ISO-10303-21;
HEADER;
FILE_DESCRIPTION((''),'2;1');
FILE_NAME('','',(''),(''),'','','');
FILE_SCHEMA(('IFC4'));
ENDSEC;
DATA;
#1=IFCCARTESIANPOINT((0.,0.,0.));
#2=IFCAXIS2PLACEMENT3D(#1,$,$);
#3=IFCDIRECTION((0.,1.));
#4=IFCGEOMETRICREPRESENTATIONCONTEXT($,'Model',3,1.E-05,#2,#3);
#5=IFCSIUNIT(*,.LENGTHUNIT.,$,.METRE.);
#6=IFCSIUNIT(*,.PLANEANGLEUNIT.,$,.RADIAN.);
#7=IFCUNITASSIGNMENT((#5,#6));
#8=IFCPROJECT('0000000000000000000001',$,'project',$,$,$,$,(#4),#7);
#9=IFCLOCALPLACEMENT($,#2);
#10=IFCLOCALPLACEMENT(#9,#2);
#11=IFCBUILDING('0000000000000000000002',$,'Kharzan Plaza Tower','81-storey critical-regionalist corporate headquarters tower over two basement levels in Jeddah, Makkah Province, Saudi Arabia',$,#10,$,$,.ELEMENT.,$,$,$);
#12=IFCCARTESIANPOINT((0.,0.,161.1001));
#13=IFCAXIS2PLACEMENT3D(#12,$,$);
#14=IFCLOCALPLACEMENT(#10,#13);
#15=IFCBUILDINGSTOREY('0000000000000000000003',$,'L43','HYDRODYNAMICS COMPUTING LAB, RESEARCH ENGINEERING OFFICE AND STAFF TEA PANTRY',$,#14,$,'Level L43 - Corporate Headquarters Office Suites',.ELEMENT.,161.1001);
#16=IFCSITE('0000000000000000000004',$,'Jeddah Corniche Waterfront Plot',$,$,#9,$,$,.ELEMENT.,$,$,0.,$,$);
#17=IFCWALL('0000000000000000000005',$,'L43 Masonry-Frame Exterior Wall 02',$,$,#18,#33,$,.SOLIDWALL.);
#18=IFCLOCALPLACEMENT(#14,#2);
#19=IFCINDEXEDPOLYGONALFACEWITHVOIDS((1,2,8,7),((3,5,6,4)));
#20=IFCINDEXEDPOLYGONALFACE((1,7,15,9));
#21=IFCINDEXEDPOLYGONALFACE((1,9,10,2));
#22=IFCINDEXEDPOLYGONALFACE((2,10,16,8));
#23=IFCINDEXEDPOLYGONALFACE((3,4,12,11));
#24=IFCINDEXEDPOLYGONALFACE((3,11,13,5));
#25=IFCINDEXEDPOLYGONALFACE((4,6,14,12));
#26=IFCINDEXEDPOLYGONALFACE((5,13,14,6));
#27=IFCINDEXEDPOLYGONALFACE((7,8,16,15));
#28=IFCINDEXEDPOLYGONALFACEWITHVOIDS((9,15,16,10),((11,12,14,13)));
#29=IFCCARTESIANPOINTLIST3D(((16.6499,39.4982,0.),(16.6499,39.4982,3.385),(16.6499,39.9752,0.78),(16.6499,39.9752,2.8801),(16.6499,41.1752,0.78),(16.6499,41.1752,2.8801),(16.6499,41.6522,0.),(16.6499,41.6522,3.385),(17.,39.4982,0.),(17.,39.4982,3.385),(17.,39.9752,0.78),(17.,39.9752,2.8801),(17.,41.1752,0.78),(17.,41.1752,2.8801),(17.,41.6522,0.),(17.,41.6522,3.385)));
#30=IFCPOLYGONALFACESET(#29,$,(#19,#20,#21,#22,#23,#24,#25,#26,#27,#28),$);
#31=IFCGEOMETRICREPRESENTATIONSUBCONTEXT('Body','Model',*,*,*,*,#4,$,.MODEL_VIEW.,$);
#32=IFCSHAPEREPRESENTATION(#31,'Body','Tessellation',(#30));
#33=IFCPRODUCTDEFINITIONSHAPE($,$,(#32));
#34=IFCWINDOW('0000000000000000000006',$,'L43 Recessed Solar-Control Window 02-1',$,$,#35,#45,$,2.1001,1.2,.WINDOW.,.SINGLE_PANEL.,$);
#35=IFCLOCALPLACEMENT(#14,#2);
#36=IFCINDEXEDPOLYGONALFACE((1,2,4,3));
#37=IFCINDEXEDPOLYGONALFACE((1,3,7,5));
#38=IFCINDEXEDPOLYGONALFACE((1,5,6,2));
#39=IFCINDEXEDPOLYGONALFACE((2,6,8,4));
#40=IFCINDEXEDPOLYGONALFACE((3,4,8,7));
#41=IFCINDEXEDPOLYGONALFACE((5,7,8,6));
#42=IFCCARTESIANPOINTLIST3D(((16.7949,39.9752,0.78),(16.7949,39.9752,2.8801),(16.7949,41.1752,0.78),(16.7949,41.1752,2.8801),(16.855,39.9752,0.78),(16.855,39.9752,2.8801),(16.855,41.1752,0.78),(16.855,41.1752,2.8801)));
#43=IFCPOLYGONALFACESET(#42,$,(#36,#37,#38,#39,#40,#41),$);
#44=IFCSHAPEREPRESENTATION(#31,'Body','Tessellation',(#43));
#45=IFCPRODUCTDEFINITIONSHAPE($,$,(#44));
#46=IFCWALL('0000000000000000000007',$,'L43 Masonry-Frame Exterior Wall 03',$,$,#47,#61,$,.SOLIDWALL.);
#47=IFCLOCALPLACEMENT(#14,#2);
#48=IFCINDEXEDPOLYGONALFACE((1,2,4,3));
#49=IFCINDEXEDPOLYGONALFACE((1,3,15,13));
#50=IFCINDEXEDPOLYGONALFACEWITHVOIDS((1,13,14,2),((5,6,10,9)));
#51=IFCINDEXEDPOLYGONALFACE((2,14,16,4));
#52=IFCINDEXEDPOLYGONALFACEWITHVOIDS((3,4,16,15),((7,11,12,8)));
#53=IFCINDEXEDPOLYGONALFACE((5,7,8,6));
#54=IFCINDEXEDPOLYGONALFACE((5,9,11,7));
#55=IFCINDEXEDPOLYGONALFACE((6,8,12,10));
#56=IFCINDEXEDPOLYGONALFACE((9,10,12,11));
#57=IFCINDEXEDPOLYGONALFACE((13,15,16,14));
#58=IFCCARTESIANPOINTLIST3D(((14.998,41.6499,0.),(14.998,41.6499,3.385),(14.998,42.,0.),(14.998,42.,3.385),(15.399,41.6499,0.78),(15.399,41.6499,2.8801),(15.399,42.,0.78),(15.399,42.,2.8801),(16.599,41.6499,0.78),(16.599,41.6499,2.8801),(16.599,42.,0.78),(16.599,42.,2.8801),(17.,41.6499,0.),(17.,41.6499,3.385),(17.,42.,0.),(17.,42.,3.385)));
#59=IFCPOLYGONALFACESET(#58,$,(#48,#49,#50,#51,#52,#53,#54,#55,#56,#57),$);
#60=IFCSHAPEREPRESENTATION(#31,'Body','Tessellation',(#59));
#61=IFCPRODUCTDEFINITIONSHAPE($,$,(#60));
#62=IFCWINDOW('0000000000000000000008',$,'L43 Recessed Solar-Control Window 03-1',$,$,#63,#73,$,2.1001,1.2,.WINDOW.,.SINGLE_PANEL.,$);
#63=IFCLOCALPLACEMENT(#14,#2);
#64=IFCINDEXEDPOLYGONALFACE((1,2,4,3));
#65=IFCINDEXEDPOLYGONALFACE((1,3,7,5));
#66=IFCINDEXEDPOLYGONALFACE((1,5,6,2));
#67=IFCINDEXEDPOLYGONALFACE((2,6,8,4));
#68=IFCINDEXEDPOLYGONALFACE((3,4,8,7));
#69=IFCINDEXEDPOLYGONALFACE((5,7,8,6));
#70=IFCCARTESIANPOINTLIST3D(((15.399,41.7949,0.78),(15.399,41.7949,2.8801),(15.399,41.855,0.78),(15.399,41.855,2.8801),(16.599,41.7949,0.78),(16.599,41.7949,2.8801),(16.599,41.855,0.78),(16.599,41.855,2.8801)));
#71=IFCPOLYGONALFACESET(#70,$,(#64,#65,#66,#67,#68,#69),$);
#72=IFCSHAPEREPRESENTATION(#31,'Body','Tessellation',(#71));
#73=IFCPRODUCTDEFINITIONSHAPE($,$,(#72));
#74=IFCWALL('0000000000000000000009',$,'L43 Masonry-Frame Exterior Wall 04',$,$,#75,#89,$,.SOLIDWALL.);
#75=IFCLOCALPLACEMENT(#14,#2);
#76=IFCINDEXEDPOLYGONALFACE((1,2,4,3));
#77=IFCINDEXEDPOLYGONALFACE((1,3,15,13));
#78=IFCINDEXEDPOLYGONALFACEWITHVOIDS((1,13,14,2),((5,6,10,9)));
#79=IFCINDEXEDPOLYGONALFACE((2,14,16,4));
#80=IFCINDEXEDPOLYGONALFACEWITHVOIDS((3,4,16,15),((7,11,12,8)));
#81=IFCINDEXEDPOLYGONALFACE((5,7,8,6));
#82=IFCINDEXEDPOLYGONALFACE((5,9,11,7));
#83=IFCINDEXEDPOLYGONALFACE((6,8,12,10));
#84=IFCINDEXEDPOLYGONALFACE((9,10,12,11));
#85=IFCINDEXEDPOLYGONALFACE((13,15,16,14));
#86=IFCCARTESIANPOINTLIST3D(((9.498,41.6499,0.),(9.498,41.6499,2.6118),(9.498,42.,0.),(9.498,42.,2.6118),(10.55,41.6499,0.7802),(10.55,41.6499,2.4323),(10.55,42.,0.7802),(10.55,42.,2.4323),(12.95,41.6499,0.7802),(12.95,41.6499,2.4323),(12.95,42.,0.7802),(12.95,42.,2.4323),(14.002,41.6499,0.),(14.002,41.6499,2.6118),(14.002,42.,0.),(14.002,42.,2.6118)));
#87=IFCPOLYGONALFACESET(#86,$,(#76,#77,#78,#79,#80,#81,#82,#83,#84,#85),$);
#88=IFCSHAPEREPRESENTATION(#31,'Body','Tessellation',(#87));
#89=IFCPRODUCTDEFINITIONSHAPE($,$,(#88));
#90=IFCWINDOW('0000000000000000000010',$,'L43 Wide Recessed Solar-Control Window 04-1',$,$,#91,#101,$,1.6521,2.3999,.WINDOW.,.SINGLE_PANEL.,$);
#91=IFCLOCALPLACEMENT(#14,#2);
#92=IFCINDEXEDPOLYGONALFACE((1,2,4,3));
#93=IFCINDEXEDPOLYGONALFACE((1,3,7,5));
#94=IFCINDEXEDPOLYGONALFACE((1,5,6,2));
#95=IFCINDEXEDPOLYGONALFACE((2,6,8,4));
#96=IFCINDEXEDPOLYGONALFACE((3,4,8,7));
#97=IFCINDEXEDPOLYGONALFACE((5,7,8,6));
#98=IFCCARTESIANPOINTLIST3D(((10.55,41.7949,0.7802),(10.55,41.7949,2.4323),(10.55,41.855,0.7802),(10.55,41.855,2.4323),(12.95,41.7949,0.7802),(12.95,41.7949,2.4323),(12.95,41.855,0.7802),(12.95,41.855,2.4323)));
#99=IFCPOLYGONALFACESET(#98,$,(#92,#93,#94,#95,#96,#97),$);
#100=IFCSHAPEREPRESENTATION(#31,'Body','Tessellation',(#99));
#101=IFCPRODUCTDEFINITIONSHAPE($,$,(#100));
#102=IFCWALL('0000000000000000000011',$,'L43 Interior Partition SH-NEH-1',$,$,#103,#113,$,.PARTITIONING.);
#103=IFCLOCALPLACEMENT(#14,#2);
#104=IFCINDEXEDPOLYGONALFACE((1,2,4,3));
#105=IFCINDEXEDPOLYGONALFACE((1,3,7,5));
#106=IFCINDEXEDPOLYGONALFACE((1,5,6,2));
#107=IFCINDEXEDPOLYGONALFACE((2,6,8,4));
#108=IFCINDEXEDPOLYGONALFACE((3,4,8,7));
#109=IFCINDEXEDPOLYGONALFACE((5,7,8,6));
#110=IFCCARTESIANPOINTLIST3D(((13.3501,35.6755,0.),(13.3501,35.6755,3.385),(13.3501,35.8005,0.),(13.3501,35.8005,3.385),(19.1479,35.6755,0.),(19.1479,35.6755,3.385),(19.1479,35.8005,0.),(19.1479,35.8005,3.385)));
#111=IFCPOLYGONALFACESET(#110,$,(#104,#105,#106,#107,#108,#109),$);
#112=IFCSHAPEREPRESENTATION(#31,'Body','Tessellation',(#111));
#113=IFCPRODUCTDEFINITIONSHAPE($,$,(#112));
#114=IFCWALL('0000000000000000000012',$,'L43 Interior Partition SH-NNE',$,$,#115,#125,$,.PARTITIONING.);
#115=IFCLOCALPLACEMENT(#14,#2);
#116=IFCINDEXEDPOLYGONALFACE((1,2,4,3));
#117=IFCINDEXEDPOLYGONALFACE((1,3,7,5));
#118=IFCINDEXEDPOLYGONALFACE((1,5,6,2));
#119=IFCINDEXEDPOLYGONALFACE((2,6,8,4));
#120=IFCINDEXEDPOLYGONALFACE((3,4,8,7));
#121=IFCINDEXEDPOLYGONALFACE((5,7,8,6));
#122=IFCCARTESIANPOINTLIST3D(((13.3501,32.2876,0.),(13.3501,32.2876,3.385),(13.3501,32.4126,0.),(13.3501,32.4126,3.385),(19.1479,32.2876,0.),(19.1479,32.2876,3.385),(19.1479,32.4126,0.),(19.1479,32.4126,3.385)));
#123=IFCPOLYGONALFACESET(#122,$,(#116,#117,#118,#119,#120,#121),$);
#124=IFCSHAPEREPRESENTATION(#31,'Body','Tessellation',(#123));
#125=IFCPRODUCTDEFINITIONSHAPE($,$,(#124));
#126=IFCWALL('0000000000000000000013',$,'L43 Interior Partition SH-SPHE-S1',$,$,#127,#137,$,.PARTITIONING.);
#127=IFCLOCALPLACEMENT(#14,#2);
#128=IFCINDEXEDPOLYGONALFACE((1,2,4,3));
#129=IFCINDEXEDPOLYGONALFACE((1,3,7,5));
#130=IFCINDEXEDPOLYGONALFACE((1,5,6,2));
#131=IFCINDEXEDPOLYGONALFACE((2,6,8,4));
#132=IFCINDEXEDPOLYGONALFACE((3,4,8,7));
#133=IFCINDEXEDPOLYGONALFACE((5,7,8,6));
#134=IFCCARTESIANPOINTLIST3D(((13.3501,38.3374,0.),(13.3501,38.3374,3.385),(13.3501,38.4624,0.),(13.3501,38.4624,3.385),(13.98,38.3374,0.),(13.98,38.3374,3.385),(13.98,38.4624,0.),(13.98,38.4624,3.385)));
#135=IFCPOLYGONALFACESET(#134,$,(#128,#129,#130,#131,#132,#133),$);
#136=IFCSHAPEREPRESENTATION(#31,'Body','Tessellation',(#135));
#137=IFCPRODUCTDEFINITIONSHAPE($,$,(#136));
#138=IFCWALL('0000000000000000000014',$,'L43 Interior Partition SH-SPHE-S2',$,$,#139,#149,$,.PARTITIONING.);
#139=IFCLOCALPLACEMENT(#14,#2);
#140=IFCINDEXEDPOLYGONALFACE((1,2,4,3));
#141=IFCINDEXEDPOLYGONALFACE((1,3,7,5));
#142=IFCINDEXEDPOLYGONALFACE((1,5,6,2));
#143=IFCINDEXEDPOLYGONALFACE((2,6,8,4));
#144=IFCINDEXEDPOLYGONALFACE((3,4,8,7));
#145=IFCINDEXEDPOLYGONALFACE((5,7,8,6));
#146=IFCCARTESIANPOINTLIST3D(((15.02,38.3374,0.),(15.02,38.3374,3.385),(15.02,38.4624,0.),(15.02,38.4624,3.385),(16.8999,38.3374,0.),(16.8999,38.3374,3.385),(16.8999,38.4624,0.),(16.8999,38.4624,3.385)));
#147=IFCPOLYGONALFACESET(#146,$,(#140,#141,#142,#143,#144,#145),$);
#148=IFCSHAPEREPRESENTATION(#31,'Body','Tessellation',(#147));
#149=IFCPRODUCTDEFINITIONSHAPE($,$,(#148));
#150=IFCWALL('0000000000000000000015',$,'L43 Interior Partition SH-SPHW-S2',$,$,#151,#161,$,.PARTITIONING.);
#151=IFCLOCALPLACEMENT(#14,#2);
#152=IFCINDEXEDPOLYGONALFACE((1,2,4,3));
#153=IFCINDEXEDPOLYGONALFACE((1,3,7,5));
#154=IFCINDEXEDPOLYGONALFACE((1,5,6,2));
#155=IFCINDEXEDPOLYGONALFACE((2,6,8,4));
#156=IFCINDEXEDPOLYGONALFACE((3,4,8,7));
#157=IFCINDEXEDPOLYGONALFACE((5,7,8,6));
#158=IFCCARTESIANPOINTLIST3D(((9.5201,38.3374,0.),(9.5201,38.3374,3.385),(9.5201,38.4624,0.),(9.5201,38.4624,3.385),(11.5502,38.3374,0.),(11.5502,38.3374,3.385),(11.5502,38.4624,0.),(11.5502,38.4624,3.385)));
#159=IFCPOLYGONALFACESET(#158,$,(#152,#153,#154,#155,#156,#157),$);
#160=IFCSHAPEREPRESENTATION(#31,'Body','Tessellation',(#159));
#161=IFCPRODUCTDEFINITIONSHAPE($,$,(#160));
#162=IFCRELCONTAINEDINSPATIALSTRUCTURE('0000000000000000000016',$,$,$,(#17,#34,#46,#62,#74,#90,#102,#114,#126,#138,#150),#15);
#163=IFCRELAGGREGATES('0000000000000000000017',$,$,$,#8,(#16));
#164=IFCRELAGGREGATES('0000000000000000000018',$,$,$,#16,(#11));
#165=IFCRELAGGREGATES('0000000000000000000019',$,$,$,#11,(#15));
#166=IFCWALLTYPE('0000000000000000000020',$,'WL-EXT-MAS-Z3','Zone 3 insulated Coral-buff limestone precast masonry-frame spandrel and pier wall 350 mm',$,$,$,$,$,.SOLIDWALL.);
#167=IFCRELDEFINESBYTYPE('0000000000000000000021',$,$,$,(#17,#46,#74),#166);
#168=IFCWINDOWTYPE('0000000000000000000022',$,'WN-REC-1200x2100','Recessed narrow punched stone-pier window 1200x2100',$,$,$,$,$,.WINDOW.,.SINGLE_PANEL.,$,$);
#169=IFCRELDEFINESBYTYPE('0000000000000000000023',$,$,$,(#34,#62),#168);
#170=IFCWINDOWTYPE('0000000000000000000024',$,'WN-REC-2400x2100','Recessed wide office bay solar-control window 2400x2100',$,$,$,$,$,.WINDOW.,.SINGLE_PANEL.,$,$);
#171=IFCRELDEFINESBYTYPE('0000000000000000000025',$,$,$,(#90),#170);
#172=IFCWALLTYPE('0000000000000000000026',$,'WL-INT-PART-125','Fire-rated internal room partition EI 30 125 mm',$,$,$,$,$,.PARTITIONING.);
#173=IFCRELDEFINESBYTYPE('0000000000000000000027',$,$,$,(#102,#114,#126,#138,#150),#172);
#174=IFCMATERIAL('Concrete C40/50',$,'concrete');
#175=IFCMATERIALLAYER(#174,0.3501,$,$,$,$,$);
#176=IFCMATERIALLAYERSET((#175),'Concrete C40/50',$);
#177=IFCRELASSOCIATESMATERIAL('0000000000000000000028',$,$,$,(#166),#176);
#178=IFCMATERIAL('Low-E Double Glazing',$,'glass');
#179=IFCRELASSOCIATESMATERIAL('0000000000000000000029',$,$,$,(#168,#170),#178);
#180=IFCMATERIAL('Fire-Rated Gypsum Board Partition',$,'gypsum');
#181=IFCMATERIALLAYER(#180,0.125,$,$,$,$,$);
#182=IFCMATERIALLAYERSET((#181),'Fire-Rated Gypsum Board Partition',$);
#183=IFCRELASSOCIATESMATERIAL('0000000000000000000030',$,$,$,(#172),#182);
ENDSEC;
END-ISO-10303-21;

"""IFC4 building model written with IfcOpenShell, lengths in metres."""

from ifc_helpers import new_model, si_unit, direction, frame, frame_2d, origin, place, context, subcontext, project, spatial, rectangle, extrude, source, transform, mapped, material, layer, layer_set, type_object, element, fill, save


model = new_model("IFC4")

# Units and contexts
model_context = context("Model", 3, precision=1e-05, world=origin(), true_north=direction((0.0, 1.0)))
body_context = subcontext(model_context, "Body", "Model", "MODEL_VIEW")
ifc_project = project(units=[si_unit("LENGTHUNIT", "METRE"), si_unit("PLANEANGLEUNIT", "RADIAN")], contexts=[model_context])

# Site, building, storey
site_placement = place(None, origin())
site = spatial("IfcSite", under=ifc_project, at=site_placement, Name="Jeddah Corniche Waterfront Plot", CompositionType="ELEMENT", RefElevation=0.0)
building_placement = place(site_placement, origin())
building = spatial("IfcBuilding", under=site, at=building_placement, Name="Kharzan Plaza Tower", Description="81-storey critical-regionalist corporate headquarters tower over two basement levels in Jeddah, Makkah Province, Saudi Arabia", CompositionType="ELEMENT")
storey_placement = place(building_placement, frame((0.0, 0.0, 161.1001)))
storey = spatial("IfcBuildingStorey", under=building, at=storey_placement, Name="L43", Description="HYDRODYNAMICS COMPUTING LAB, RESEARCH ENGINEERING OFFICE AND STAFF TEA PANTRY", LongName="Level L43 - Corporate Headquarters Office Suites", CompositionType="ELEMENT", Elevation=161.1001)

# Walls, openings, windows
ifc_material_1 = material(Name="Concrete C40/50", Category="concrete")
ifc_layer_1 = layer(ifc_material_1, 0.3501)
ifc_layer_set_1 = layer_set([ifc_layer_1], Name="Concrete C40/50")
wall_type_1 = type_object("IfcWallType", Name="WL-EXT-MAS-Z3", Description="Zone 3 insulated Coral-buff limestone precast masonry-frame spandrel and pier wall 350 mm", PredefinedType="SOLIDWALL", material=ifc_layer_set_1)
wall_1_placement = place(storey_placement, frame((16.825, 39.498, 0.0), z_axis=(0.0, 0.0, 1.0), x_axis=(0.0, 1.0, 0.0)))
wall_1 = element("IfcWall", 1, at=wall_1_placement, inside=storey, type_object=wall_type_1, Name="L43 Masonry-Frame Exterior Wall 02", PredefinedType="SOLIDWALL", context=body_context, shape_type="SweptSolid", body=[
    extrude(rectangle(XDim=2.1541, YDim=0.3501, at=frame_2d((1.0771, 0.0))), origin(), (0.0, 0.0, 1.0), 3.385),
])
opening_1_placement = place(wall_1_placement, frame((0.4771, 0.0, 0.78)))
opening_1 = element("IfcOpeningElement", 2, at=opening_1_placement, cuts=wall_1, PredefinedType="OPENING", context=body_context, shape_type="SweptSolid", body=[
    extrude(rectangle(XDim=1.2, YDim=2.1001, at=frame_2d((0.6001, 1.05))), frame((0.0, 0.1851, 0.0), z_axis=(0.0, -1.0, 0.0), x_axis=(1.0, 0.0, 0.0)), (0.0, 0.0, 1.0), 0.3701),
])
ifc_material_2 = material(Name="Low-E Double Glazing", Category="glass")
window_type_1 = type_object("IfcWindowType", Name="WN-REC-1200x2100", Description="Recessed narrow punched stone-pier window 1200x2100", PartitioningType="SINGLE_PANEL", PredefinedType="WINDOW", material=ifc_material_2)
shared_shape_1 = source(origin(), body_context, "Body", "SweptSolid", [
    extrude(rectangle(XDim=1.2, YDim=2.1001, at=frame_2d((0.6001, 1.05))), frame((0.0, 0.03, 0.0), z_axis=(0.0, -1.0, 0.0), x_axis=(1.0, 0.0, 0.0)), (0.0, 0.0, 1.0), 0.0601),
])
window_1_placement = place(opening_1_placement, origin())
window_1 = element("IfcWindow", 3, at=window_1_placement, inside=storey, type_object=window_type_1, Name="L43 Recessed Solar-Control Window 02-1", OverallHeight=2.1001, OverallWidth=1.2, PartitioningType="SINGLE_PANEL", PredefinedType="WINDOW", context=body_context, shape_type="MappedRepresentation", body=[
    mapped(shared_shape_1, transform((0.0, 0.0, 0.0), x_axis=(1.0, 0.0, 0.0), y_axis=(0.0, 1.0, 0.0), z_axis=(0.0, 0.0, 1.0))),
])
fill(opening_1, window_1)
wall_2_placement = place(storey_placement, frame((17.0, 41.825, 0.0), z_axis=(0.0, 0.0, 1.0), x_axis=(-1.0, 0.0, 0.0)))
wall_2 = element("IfcWall", 4, at=wall_2_placement, inside=storey, type_object=wall_type_1, Name="L43 Masonry-Frame Exterior Wall 03", PredefinedType="SOLIDWALL", context=body_context, shape_type="SweptSolid", body=[
    extrude(rectangle(XDim=2.002, YDim=0.3501, at=frame_2d((1.001, 0.0))), origin(), (0.0, 0.0, 1.0), 3.385),
])
opening_2_placement = place(wall_2_placement, frame((0.4009, 0.0, 0.78)))
opening_2 = element("IfcOpeningElement", 5, at=opening_2_placement, cuts=wall_2, PredefinedType="OPENING", context=body_context, shape_type="SweptSolid", body=[
    extrude(rectangle(XDim=1.2, YDim=2.1001, at=frame_2d((0.6001, 1.05))), frame((0.0, 0.1851, 0.0), z_axis=(0.0, -1.0, 0.0), x_axis=(1.0, 0.0, 0.0)), (0.0, 0.0, 1.0), 0.3701),
])
window_2_placement = place(opening_2_placement, origin())
window_2 = element("IfcWindow", 6, at=window_2_placement, inside=storey, type_object=window_type_1, Name="L43 Recessed Solar-Control Window 03-1", OverallHeight=2.1001, OverallWidth=1.2, PartitioningType="SINGLE_PANEL", PredefinedType="WINDOW", context=body_context, shape_type="MappedRepresentation", body=[
    mapped(shared_shape_1, transform((0.0, 0.0, 0.0), x_axis=(1.0, 0.0, 0.0), y_axis=(0.0, 1.0, 0.0), z_axis=(0.0, 0.0, 1.0))),
])
fill(opening_2, window_2)
wall_3_placement = place(storey_placement, frame((14.002, 41.825, 0.0), z_axis=(0.0, 0.0, 1.0), x_axis=(-1.0, 0.0, 0.0)))
wall_3 = element("IfcWall", 7, at=wall_3_placement, inside=storey, type_object=wall_type_1, Name="L43 Masonry-Frame Exterior Wall 04", PredefinedType="SOLIDWALL", context=body_context, shape_type="SweptSolid", body=[
    extrude(rectangle(XDim=4.5039, YDim=0.3501, at=frame_2d((2.252, 0.0))), origin(), (0.0, 0.0, 1.0), 2.6118),
])
opening_3_placement = place(wall_3_placement, frame((1.052, 0.0, 0.78)))
opening_3 = element("IfcOpeningElement", 8, at=opening_3_placement, cuts=wall_3, PredefinedType="OPENING", context=body_context, shape_type="SweptSolid", body=[
    extrude(rectangle(XDim=2.3999, YDim=1.6521, at=frame_2d((1.2, 0.8262))), frame((0.0, 0.1851, 0.0), z_axis=(0.0, -1.0, 0.0), x_axis=(1.0, 0.0, 0.0)), (0.0, 0.0, 1.0), 0.3701),
])
window_type_2 = type_object("IfcWindowType", Name="WN-REC-2400x2100", Description="Recessed wide office bay solar-control window 2400x2100", PartitioningType="SINGLE_PANEL", PredefinedType="WINDOW", material=ifc_material_2)
shared_shape_2 = source(origin(), body_context, "Body", "SweptSolid", [
    extrude(rectangle(XDim=2.3999, YDim=1.6521, at=frame_2d((1.2, 0.8262))), frame((0.0, 0.03, 0.0), z_axis=(0.0, -1.0, 0.0), x_axis=(1.0, 0.0, 0.0)), (0.0, 0.0, 1.0), 0.0601),
])
window_3_placement = place(opening_3_placement, origin())
window_3 = element("IfcWindow", 9, at=window_3_placement, inside=storey, type_object=window_type_2, Name="L43 Wide Recessed Solar-Control Window 04-1", OverallHeight=1.6521, OverallWidth=2.3999, PartitioningType="SINGLE_PANEL", PredefinedType="WINDOW", context=body_context, shape_type="MappedRepresentation", body=[
    mapped(shared_shape_2, transform((0.0, 0.0, 0.0), x_axis=(1.0, 0.0, 0.0), y_axis=(0.0, 1.0, 0.0), z_axis=(0.0, 0.0, 1.0))),
])
fill(opening_3, window_3)

# Shared definitions
ifc_material_3 = material(Name="Fire-Rated Gypsum Board Partition", Category="gypsum")
ifc_layer_2 = layer(ifc_material_3, 0.125)
ifc_layer_set_2 = layer_set([ifc_layer_2], Name="Fire-Rated Gypsum Board Partition")
wall_type_2 = type_object("IfcWallType", Name="WL-INT-PART-125", Description="Fire-rated internal room partition EI 30 125 mm", PredefinedType="PARTITIONING", material=ifc_layer_set_2)

# Walls
shared_shape_3 = source(origin(), body_context, "Body", "SweptSolid", [
    extrude(rectangle(XDim=5.7979, YDim=0.125, at=frame_2d((2.8989, 0.0))), origin(), (0.0, 0.0, 1.0), 3.385),
])
for number, where, z_axis, x_axis, name in (
    (10, (13.3501, 35.738, 0.0), (0.0, 0.0, 1.0), (1.0, 0.0, 0.0), "L43 Interior Partition SH-NEH-1"),
    (11, (13.3501, 32.3501, 0.0), (0.0, 0.0, 1.0), (1.0, 0.0, 0.0), "L43 Interior Partition SH-NNE"),
):
    element("IfcWall", number, at=place(storey_placement, frame(where, z_axis=z_axis, x_axis=x_axis)), inside=storey, type_object=wall_type_2, Name=name, PredefinedType="PARTITIONING", context=body_context, shape_type="MappedRepresentation", body=[
        mapped(shared_shape_3, transform((0.0, 0.0, 0.0), x_axis=(1.0, 0.0, 0.0), y_axis=(0.0, 1.0, 0.0), z_axis=(0.0, 0.0, 1.0))),
    ])
shared_shape_4 = source(origin(), body_context, "Body", "SweptSolid", [
    extrude(rectangle(XDim=0.6299, YDim=0.125, at=frame_2d((0.3149, 0.0))), origin(), (0.0, 0.0, 1.0), 3.385),
])
wall_4_placement = place(storey_placement, frame((13.3501, 38.3999, 0.0), z_axis=(0.0, 0.0, 1.0), x_axis=(1.0, 0.0, 0.0)))
element("IfcWall", 12, at=wall_4_placement, inside=storey, type_object=wall_type_2, Name="L43 Interior Partition SH-SPHE-S1", PredefinedType="PARTITIONING", context=body_context, shape_type="MappedRepresentation", body=[
    mapped(shared_shape_4, transform((0.0, 0.0, 0.0), x_axis=(1.0, 0.0, 0.0), y_axis=(0.0, 1.0, 0.0), z_axis=(0.0, 0.0, 1.0))),
])
shared_shape_5 = source(origin(), body_context, "Body", "SweptSolid", [
    extrude(rectangle(XDim=1.8799, YDim=0.125, at=frame_2d((0.9399, 0.0))), origin(), (0.0, 0.0, 1.0), 3.385),
])
wall_5_placement = place(storey_placement, frame((15.02, 38.3999, 0.0), z_axis=(0.0, 0.0, 1.0), x_axis=(1.0, 0.0, 0.0)))
element("IfcWall", 13, at=wall_5_placement, inside=storey, type_object=wall_type_2, Name="L43 Interior Partition SH-SPHE-S2", PredefinedType="PARTITIONING", context=body_context, shape_type="MappedRepresentation", body=[
    mapped(shared_shape_5, transform((0.0, 0.0, 0.0), x_axis=(1.0, 0.0, 0.0), y_axis=(0.0, 1.0, 0.0), z_axis=(0.0, 0.0, 1.0))),
])
shared_shape_6 = source(origin(), body_context, "Body", "SweptSolid", [
    extrude(rectangle(XDim=2.03, YDim=0.125, at=frame_2d((1.0151, 0.0))), origin(), (0.0, 0.0, 1.0), 3.385),
])
wall_6_placement = place(storey_placement, frame((9.52, 38.3999, 0.0), z_axis=(0.0, 0.0, 1.0), x_axis=(1.0, 0.0, 0.0)))
element("IfcWall", 14, at=wall_6_placement, inside=storey, type_object=wall_type_2, Name="L43 Interior Partition SH-SPHW-S2", PredefinedType="PARTITIONING", context=body_context, shape_type="MappedRepresentation", body=[
    mapped(shared_shape_6, transform((0.0, 0.0, 0.0), x_axis=(1.0, 0.0, 0.0), y_axis=(0.0, 1.0, 0.0), z_axis=(0.0, 0.0, 1.0))),
])

save(model, "model.ifc")
